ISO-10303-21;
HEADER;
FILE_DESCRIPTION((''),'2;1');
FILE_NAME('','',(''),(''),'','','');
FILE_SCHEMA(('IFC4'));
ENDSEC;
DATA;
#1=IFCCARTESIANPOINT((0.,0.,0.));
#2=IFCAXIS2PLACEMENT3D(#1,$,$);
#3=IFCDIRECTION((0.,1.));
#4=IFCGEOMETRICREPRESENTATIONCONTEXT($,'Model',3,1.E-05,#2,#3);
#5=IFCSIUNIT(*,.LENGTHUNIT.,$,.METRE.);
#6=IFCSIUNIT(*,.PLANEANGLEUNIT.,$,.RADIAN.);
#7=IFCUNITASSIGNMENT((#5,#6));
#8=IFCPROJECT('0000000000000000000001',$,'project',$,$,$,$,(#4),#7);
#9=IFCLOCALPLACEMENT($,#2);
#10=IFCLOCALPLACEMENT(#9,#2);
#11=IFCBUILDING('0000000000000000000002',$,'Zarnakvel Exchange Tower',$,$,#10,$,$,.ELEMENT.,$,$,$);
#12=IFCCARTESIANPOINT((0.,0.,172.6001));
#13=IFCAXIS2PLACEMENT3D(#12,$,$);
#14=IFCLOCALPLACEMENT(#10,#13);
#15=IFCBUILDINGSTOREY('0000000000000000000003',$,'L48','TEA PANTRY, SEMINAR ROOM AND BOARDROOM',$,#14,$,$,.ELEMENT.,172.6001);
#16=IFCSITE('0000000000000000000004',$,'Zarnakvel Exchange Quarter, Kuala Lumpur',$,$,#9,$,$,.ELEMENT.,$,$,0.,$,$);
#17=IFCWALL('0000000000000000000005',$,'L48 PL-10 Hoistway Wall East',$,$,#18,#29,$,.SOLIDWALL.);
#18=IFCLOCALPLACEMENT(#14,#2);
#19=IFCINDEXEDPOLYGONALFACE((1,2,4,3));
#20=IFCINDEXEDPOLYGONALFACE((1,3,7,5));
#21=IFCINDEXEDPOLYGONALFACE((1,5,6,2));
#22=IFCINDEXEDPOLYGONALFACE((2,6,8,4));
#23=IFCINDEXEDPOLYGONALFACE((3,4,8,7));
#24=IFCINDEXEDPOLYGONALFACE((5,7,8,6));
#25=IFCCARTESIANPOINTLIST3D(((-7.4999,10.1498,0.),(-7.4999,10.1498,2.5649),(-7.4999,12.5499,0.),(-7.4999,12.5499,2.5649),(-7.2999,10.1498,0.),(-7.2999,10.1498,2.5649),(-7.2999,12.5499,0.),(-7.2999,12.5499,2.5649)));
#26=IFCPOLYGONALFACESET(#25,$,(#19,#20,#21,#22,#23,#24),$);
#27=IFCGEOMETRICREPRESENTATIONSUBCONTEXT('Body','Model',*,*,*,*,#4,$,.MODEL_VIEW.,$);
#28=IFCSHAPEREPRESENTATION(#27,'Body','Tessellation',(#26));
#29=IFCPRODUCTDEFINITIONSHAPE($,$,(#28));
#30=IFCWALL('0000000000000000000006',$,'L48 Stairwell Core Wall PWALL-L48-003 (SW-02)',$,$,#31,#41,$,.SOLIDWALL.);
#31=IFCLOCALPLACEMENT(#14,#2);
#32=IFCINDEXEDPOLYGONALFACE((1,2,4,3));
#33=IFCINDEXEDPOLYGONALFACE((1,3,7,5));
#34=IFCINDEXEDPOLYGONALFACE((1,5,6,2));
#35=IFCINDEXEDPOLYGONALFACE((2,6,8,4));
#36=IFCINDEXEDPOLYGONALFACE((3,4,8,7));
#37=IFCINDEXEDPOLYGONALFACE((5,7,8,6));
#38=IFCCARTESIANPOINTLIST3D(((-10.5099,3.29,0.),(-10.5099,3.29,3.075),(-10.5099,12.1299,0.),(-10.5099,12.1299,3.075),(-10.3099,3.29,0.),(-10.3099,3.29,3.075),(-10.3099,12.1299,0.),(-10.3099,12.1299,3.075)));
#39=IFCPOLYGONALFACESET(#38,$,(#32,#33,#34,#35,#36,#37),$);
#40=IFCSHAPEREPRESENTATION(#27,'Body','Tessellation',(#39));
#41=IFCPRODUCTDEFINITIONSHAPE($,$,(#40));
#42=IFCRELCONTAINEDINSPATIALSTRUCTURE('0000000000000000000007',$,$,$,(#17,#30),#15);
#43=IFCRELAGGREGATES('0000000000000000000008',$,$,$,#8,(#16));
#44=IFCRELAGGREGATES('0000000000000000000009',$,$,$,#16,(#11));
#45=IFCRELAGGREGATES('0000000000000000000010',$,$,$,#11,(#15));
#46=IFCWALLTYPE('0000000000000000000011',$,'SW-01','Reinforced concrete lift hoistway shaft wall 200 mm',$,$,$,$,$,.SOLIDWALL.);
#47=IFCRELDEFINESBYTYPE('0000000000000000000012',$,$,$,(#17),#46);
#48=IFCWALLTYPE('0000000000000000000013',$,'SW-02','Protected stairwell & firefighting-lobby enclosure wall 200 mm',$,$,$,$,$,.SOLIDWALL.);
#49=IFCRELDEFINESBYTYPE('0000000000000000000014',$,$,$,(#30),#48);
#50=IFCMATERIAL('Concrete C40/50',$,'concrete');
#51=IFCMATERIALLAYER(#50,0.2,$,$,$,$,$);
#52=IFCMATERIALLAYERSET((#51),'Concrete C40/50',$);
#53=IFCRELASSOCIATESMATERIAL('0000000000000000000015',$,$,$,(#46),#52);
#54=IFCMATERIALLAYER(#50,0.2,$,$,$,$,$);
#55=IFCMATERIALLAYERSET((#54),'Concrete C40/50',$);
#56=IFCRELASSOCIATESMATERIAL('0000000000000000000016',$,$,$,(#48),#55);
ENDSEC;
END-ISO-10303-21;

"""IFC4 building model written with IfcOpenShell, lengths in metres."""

from ifc_helpers import new_model, si_unit, direction, frame, frame_2d, origin, place, context, subcontext, project, spatial, rectangle, extrude, material, layer, layer_set, type_object, element, save


model = new_model("IFC4")

# Units and contexts
model_context = context("Model", 3, precision=1e-05, world=origin(), true_north=direction((0.0, 1.0)))
body_context = subcontext(model_context, "Body", "Model", "MODEL_VIEW")
ifc_project = project(units=[si_unit("LENGTHUNIT", "METRE"), si_unit("PLANEANGLEUNIT", "RADIAN")], contexts=[model_context])

# Site, building, storey
site_placement = place(None, origin())
site = spatial("IfcSite", under=ifc_project, at=site_placement, Name="Zarnakvel Exchange Quarter, Kuala Lumpur", CompositionType="ELEMENT", RefElevation=0.0)
building_placement = place(site_placement, origin())
building = spatial("IfcBuilding", under=site, at=building_placement, Name="Zarnakvel Exchange Tower", CompositionType="ELEMENT")
storey_placement = place(building_placement, frame((0.0, 0.0, 172.6001)))
storey = spatial("IfcBuildingStorey", under=building, at=storey_placement, Name="L48", Description="TEA PANTRY, SEMINAR ROOM AND BOARDROOM", CompositionType="ELEMENT", Elevation=172.6001)

# Walls
ifc_material_1 = material(Name="Concrete C40/50", Category="concrete")
ifc_layer_1 = layer(ifc_material_1, 0.2)
ifc_layer_set_1 = layer_set([ifc_layer_1], Name="Concrete C40/50")
wall_type_1 = type_object("IfcWallType", Name="SW-01", Description="Reinforced concrete lift hoistway shaft wall 200 mm", PredefinedType="SOLIDWALL", material=ifc_layer_set_1)
wall_1_placement = place(storey_placement, frame((-7.3999, 12.55, 0.0), z_axis=(0.0, 0.0, 1.0), x_axis=(0.0, -1.0, 0.0)))
element("IfcWall", 1, at=wall_1_placement, inside=storey, type_object=wall_type_1, Name="L48 PL-10 Hoistway Wall East", PredefinedType="SOLIDWALL", context=body_context, shape_type="SweptSolid", body=[
    extrude(rectangle(XDim=2.4001, YDim=0.2, at=frame_2d((1.2002, 0.0))), origin(), (0.0, 0.0, 1.0), 2.5649),
])
ifc_layer_2 = layer(ifc_material_1, 0.2)
ifc_layer_set_2 = layer_set([ifc_layer_2], Name="Concrete C40/50")
wall_type_2 = type_object("IfcWallType", Name="SW-02", Description="Protected stairwell & firefighting-lobby enclosure wall 200 mm", PredefinedType="SOLIDWALL", material=ifc_layer_set_2)
wall_2_placement = place(storey_placement, frame((-10.4099, 12.1299, 0.0), z_axis=(0.0, 0.0, 1.0), x_axis=(0.0, -1.0, 0.0)))
element("IfcWall", 2, at=wall_2_placement, inside=storey, type_object=wall_type_2, Name="L48 Stairwell Core Wall PWALL-L48-003 (SW-02)", PredefinedType="SOLIDWALL", context=body_context, shape_type="SweptSolid", body=[
    extrude(rectangle(XDim=8.8398, YDim=0.2, at=frame_2d((4.4199, 0.0))), origin(), (0.0, 0.0, 1.0), 3.075),
])

save(model, "model.ifc")
